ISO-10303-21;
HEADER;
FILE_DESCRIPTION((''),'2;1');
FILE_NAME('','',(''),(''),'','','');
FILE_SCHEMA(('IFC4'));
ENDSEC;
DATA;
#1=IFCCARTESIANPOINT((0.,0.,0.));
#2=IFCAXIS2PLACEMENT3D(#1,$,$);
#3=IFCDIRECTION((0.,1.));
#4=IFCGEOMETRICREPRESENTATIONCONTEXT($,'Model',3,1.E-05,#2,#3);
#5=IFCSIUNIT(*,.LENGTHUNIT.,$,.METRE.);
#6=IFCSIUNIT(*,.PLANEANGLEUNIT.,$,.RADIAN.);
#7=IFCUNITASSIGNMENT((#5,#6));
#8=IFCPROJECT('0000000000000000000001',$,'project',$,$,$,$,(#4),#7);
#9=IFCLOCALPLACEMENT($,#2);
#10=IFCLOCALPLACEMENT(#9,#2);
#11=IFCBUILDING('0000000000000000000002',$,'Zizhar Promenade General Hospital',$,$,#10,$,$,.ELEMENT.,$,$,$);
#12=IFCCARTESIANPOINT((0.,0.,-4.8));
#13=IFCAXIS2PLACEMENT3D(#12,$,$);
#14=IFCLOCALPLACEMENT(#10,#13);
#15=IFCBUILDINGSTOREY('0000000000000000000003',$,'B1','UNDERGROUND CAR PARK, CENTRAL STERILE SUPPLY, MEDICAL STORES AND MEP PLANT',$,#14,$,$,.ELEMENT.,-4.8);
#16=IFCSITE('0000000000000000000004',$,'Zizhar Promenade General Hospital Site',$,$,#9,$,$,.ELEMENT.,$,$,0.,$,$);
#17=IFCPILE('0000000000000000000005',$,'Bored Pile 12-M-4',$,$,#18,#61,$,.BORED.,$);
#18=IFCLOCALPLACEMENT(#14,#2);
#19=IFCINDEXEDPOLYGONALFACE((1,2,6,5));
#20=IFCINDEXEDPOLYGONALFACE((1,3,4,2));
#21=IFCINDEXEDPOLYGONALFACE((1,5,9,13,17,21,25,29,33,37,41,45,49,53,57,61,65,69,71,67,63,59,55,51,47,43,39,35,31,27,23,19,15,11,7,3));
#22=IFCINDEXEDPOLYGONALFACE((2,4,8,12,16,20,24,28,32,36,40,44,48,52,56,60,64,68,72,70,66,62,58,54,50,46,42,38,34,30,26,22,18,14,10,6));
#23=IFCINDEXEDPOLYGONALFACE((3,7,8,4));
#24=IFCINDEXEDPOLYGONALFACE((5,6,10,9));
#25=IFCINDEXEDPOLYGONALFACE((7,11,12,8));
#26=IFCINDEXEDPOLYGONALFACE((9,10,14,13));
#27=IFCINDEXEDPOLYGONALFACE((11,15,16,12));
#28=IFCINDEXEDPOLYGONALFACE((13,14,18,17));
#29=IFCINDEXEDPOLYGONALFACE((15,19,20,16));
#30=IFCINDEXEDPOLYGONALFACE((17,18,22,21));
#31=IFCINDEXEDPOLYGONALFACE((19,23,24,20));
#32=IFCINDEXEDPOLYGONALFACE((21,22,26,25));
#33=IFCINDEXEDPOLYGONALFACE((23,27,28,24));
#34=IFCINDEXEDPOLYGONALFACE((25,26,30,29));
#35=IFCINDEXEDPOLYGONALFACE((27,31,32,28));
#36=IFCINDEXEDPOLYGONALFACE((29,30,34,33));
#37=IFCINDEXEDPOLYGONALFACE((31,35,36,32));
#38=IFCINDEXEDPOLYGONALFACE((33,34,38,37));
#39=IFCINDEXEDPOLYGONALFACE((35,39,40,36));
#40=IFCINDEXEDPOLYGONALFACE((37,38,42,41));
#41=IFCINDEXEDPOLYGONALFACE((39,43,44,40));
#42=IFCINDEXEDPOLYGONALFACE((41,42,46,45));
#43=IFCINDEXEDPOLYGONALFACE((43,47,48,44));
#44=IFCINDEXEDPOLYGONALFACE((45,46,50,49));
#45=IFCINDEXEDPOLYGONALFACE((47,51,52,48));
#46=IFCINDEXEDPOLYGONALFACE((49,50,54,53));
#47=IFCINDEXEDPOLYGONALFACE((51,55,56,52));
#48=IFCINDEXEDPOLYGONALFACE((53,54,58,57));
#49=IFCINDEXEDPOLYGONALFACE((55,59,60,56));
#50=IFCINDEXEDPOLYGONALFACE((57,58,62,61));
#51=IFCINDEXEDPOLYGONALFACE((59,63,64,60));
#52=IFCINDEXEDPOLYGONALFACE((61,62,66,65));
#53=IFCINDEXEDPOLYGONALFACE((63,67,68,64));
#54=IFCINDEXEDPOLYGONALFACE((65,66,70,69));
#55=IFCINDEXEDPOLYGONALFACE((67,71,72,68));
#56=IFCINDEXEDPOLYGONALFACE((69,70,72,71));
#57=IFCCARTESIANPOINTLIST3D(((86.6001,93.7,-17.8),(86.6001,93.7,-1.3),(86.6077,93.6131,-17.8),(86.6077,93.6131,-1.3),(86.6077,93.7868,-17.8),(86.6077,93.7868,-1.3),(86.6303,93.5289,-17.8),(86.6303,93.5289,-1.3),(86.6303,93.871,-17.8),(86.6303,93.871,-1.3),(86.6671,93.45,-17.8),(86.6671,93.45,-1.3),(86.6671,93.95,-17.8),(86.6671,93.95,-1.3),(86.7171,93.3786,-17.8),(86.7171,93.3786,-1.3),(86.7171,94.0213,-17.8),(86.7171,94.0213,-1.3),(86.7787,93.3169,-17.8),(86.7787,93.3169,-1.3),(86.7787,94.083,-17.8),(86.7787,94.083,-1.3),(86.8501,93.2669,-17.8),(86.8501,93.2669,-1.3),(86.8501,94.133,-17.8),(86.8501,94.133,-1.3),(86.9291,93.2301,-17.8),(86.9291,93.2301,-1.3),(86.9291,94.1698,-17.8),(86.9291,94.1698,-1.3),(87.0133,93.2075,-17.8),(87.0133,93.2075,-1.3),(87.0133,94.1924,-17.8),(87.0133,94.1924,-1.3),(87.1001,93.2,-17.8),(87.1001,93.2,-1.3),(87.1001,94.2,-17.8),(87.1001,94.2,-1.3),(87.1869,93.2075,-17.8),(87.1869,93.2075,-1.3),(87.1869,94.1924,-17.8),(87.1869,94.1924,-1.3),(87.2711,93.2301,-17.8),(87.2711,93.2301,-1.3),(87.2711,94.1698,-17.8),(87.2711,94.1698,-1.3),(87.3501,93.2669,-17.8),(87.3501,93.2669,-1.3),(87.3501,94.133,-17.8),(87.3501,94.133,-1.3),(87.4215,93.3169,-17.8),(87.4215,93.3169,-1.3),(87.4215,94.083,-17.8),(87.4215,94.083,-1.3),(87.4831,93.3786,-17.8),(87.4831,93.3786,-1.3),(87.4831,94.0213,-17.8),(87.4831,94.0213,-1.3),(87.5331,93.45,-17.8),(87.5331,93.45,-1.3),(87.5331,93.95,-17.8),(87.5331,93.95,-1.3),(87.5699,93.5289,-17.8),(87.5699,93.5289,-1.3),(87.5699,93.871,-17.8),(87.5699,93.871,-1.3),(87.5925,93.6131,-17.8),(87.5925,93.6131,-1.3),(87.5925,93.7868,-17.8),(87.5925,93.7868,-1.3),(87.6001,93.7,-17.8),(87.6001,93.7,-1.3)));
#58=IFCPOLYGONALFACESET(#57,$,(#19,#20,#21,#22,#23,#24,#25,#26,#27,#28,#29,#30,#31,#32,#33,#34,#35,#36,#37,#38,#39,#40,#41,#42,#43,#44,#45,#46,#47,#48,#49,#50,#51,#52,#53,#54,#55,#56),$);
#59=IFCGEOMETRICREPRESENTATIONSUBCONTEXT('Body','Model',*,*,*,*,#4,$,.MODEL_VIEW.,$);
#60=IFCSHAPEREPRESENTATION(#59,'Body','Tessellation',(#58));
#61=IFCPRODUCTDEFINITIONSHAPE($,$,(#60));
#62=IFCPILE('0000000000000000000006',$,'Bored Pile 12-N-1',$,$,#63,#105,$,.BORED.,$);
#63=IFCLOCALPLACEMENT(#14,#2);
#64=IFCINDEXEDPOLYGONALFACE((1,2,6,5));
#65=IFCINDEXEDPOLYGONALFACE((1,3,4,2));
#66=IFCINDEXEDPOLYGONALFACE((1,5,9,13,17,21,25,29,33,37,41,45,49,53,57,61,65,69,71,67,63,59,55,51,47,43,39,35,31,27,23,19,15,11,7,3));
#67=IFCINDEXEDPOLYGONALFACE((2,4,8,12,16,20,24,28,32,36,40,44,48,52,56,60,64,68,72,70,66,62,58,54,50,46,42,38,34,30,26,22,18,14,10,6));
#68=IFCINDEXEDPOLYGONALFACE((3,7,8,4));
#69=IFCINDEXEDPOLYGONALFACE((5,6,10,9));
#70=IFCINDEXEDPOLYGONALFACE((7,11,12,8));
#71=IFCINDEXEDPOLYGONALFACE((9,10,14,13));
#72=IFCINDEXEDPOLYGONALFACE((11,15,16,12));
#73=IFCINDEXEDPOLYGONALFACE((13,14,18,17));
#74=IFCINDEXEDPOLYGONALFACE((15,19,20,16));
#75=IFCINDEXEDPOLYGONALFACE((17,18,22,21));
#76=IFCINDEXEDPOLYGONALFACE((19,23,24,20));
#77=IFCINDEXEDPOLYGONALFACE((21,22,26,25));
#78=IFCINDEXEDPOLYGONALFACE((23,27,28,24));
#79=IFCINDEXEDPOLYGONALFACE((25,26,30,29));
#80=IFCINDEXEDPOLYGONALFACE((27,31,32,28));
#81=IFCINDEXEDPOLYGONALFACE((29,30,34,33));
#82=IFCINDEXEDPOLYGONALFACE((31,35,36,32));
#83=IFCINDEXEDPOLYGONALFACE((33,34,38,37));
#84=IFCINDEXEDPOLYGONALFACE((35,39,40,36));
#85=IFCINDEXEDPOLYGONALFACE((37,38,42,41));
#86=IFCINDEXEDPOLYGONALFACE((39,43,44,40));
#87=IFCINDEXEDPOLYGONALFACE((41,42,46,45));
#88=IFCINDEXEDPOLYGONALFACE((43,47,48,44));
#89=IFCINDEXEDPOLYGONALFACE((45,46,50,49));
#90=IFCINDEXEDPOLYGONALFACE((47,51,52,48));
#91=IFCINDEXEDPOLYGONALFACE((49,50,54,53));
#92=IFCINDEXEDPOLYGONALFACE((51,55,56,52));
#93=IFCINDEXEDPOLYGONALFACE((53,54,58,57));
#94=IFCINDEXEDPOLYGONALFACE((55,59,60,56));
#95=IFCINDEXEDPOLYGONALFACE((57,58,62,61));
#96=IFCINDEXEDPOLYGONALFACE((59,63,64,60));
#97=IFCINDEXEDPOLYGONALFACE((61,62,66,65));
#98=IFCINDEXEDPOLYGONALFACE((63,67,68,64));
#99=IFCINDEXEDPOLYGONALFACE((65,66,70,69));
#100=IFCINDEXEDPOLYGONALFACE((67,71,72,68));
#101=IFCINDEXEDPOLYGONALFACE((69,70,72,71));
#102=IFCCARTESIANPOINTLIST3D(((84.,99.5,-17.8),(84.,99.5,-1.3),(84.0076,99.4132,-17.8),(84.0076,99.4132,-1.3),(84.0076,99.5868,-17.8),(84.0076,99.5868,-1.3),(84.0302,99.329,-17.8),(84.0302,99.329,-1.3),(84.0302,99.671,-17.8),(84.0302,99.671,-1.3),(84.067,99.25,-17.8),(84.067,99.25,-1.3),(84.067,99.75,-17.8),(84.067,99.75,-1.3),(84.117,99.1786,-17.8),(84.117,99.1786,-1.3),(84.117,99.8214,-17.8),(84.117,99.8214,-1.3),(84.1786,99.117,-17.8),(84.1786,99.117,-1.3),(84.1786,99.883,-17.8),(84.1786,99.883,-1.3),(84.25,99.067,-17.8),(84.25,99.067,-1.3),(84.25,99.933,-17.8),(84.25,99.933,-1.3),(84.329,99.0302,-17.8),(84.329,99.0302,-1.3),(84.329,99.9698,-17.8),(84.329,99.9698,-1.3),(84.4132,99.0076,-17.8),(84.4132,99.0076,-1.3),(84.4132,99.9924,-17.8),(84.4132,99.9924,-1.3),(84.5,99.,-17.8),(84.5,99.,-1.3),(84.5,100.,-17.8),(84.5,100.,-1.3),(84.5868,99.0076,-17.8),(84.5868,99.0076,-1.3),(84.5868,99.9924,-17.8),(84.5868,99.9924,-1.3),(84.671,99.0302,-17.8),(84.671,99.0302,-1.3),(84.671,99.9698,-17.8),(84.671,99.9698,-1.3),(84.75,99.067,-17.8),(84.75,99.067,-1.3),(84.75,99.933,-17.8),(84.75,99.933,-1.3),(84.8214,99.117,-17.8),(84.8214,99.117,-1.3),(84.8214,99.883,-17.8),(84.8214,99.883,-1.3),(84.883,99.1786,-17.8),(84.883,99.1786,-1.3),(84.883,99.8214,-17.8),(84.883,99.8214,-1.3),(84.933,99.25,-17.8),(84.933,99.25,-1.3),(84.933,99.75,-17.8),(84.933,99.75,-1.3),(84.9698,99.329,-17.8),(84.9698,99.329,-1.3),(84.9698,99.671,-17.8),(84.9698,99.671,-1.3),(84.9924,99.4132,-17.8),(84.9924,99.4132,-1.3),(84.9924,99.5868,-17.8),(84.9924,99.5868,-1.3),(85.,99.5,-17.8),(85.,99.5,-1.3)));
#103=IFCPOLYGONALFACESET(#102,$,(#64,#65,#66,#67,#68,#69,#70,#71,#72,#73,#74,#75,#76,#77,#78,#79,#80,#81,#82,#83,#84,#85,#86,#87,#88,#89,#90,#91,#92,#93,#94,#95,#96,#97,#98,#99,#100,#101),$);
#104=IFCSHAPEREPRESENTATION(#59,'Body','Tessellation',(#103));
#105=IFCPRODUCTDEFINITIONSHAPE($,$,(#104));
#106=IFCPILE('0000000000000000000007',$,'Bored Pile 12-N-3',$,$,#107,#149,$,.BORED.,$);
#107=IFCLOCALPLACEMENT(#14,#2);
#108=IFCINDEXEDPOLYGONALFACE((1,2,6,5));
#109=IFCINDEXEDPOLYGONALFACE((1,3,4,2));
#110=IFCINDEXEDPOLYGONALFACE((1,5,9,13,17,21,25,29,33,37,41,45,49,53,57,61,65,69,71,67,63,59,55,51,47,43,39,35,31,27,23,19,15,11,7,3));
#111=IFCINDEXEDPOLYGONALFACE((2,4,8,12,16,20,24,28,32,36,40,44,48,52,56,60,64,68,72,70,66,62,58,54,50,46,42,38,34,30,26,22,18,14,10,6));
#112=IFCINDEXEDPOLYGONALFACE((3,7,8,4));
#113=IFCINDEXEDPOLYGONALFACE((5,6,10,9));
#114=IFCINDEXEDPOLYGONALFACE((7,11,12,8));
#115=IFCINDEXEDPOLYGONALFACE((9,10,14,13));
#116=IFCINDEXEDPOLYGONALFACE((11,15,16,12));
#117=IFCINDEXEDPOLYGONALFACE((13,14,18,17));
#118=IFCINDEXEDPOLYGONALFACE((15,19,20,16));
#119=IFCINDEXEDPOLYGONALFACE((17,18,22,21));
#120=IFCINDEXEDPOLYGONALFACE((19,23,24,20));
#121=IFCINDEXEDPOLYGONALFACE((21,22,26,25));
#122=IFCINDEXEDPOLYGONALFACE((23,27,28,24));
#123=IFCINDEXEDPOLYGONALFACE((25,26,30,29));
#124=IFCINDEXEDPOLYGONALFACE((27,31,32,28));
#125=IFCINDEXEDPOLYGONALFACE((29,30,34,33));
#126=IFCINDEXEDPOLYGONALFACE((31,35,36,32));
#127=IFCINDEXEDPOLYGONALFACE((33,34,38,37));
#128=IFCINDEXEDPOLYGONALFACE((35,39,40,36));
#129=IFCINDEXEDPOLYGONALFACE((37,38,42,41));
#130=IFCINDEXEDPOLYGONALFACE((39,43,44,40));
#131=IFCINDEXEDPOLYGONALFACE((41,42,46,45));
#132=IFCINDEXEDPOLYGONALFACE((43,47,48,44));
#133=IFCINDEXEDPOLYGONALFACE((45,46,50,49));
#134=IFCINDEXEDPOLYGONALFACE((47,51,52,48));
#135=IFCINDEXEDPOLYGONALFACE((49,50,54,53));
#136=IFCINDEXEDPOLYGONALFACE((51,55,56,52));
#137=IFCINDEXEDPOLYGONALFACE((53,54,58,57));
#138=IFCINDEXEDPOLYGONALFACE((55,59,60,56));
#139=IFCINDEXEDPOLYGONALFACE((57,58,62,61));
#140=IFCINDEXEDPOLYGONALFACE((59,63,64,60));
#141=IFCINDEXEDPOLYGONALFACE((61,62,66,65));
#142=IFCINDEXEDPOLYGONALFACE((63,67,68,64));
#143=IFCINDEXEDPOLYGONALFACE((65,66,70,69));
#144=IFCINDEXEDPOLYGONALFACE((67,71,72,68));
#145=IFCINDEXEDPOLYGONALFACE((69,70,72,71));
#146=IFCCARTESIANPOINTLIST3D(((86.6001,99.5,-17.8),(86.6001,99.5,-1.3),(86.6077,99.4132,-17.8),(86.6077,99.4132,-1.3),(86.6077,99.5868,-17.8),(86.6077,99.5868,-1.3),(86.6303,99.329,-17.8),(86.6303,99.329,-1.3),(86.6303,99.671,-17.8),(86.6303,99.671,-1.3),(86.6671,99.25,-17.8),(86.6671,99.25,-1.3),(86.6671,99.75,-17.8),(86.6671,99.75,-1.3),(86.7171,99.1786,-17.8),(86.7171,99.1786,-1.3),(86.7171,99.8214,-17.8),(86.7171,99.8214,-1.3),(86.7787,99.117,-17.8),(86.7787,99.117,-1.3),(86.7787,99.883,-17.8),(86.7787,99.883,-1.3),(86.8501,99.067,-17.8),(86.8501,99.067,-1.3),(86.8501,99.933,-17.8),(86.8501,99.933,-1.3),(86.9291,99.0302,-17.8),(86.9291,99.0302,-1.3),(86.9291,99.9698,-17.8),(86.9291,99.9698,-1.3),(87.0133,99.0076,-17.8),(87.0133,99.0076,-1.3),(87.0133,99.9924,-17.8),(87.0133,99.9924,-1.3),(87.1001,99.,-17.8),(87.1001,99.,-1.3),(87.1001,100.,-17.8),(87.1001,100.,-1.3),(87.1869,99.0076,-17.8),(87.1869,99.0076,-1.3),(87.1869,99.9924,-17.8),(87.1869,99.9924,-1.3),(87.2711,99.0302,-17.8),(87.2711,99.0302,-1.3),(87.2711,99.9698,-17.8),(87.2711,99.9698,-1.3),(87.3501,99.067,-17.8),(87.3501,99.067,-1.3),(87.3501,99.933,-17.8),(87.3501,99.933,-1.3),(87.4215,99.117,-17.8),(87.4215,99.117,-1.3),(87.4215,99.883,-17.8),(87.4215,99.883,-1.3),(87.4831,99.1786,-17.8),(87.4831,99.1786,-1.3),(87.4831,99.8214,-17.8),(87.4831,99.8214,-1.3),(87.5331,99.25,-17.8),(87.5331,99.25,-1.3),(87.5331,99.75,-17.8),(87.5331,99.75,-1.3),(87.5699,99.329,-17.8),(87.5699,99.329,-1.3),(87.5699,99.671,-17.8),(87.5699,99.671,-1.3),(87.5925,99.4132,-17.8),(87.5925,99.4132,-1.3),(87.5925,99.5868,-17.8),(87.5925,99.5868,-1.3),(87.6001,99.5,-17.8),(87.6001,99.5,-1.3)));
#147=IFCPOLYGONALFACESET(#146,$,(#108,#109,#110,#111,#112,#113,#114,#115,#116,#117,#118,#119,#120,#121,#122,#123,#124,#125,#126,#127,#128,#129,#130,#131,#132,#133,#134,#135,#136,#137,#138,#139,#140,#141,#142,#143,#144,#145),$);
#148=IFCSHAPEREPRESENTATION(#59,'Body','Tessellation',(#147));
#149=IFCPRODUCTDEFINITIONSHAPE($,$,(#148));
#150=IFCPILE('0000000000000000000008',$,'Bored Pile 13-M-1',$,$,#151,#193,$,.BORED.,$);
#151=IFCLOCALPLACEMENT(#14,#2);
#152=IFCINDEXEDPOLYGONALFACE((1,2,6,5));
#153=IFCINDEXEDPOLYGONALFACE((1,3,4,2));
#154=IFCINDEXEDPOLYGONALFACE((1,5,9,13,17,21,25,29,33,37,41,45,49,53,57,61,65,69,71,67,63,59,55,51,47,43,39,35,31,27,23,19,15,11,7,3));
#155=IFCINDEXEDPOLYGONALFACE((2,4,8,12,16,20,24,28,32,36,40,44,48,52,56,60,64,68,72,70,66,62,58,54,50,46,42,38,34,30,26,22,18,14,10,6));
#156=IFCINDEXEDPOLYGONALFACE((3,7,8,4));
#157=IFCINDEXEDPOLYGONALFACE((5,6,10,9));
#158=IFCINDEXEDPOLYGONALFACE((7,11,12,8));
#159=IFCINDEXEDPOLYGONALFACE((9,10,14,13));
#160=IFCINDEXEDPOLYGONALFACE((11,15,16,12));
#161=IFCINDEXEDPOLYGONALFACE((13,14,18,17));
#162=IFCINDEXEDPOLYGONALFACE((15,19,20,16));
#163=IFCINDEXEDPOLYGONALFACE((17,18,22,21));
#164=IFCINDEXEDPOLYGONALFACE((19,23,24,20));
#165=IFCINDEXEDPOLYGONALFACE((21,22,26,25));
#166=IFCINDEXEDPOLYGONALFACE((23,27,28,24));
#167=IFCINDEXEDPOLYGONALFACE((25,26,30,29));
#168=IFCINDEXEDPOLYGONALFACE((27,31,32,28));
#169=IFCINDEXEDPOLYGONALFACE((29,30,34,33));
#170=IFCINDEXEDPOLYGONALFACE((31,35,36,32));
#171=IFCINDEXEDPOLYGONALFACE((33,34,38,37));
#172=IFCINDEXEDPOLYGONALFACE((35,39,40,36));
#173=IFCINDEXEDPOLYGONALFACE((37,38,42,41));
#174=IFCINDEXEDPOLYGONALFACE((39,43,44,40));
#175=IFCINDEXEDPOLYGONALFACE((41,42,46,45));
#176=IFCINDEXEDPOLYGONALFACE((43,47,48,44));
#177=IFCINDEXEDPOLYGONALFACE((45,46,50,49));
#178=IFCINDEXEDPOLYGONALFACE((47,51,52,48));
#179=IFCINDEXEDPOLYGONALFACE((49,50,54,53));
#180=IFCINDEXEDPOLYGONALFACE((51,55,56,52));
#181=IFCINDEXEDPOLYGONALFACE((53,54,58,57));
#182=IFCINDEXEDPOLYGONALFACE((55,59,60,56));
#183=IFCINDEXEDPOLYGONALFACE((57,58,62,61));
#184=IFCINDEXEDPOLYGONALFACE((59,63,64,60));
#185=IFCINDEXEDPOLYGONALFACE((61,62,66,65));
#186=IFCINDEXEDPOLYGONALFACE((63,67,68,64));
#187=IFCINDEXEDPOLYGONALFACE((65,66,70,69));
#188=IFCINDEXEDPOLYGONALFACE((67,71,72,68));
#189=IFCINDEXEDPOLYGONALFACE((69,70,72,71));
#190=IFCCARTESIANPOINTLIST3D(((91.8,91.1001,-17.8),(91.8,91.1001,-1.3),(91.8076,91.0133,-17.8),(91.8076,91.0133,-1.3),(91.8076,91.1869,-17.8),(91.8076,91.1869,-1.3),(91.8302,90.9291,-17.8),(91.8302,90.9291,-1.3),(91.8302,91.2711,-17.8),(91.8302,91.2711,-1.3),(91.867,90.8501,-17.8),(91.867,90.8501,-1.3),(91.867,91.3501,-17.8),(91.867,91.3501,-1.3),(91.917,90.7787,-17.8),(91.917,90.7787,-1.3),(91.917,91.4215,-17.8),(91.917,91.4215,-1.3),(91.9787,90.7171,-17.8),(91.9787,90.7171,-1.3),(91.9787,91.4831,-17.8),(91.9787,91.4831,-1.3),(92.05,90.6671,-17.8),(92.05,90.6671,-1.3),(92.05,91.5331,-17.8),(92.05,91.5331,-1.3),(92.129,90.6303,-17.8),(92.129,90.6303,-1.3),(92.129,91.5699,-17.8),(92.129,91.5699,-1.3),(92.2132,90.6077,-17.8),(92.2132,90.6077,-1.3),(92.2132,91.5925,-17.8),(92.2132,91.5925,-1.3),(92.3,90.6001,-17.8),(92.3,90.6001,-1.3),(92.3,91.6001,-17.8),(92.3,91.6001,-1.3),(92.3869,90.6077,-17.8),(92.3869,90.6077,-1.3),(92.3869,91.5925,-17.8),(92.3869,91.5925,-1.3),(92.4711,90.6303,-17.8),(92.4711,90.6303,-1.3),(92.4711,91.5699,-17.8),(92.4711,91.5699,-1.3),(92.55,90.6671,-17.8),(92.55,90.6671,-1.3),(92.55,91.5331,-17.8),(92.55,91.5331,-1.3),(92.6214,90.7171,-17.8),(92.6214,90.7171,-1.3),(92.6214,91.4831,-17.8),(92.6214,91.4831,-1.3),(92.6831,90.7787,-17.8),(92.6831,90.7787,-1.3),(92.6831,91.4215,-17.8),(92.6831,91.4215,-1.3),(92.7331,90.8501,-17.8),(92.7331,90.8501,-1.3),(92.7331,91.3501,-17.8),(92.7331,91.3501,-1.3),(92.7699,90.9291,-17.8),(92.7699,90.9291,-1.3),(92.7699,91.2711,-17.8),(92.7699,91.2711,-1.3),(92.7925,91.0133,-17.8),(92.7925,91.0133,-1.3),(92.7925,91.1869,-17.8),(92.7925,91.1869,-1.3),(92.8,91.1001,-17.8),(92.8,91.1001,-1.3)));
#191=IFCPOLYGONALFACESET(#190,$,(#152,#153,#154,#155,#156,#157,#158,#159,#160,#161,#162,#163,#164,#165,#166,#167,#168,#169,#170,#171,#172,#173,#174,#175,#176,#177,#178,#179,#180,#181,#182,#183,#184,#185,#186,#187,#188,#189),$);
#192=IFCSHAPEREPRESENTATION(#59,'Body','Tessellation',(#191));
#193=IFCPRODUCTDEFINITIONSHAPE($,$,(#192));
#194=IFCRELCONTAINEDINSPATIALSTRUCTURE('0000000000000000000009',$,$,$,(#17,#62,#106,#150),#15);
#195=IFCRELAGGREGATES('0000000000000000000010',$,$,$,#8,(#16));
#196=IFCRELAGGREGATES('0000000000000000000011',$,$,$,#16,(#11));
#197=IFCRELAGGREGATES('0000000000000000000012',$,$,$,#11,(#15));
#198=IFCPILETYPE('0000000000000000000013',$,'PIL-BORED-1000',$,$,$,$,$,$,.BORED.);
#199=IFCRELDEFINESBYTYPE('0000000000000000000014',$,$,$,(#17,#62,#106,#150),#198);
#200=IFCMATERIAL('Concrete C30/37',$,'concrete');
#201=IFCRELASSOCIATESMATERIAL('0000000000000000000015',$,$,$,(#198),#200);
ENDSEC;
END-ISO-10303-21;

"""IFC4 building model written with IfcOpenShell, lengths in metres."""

from ifc_helpers import new_model, si_unit, direction, frame, origin, origin_2d, place, context, subcontext, project, spatial, circle, extrude, material, material_profile, profile_set, type_object, element, save


model = new_model("IFC4")

# Units and contexts
model_context = context("Model", 3, precision=1e-05, world=origin(), true_north=direction((0.0, 1.0)))
body_context = subcontext(model_context, "Body", "Model", "MODEL_VIEW")
ifc_project = project(units=[si_unit("LENGTHUNIT", "METRE"), si_unit("PLANEANGLEUNIT", "RADIAN")], contexts=[model_context])

# Site, building, storey
site_placement = place(None, origin())
site = spatial("IfcSite", under=ifc_project, at=site_placement, Name="Zizhar Promenade General Hospital Site", CompositionType="ELEMENT", RefElevation=0.0)
building_placement = place(site_placement, origin())
building = spatial("IfcBuilding", under=site, at=building_placement, Name="Zizhar Promenade General Hospital", CompositionType="ELEMENT")
storey_placement = place(building_placement, frame((0.0, 0.0, -4.8)))
storey = spatial("IfcBuildingStorey", under=building, at=storey_placement, Name="B1", Description="UNDERGROUND CAR PARK, CENTRAL STERILE SUPPLY, MEDICAL STORES AND MEP PLANT", CompositionType="ELEMENT", Elevation=-4.8)

# Piles
ifc_material_1 = material(Name="Concrete C30/37", Category="concrete")
ifc_material_profile_1 = material_profile(ifc_material_1, circle(Radius=0.5, at=origin_2d()))
ifc_profile_set_1 = profile_set([ifc_material_profile_1], Name="Concrete C30/37")
pile_type = type_object("IfcPileType", Name="PIL-BORED-1000", PredefinedType="BORED", material=ifc_profile_set_1)
for number, where, z_axis, x_axis, name in (
    (1, (87.1001, 93.7, -1.3), (0.0, 0.0, -1.0), (1.0, 0.0, 0.0), "Bored Pile 12-M-4"),
    (2, (84.5, 99.5, -1.3), (0.0, 0.0, -1.0), (1.0, 0.0, 0.0), "Bored Pile 12-N-1"),
    (3, (87.1001, 99.5, -1.3), (0.0, 0.0, -1.0), (1.0, 0.0, 0.0), "Bored Pile 12-N-3"),
    (4, (92.3, 91.1001, -1.3), (0.0, 0.0, -1.0), (1.0, 0.0, 0.0), "Bored Pile 13-M-1"),
):
    element("IfcPile", number, at=place(storey_placement, frame(where, z_axis=z_axis, x_axis=x_axis)), inside=storey, type_object=pile_type, Name=name, PredefinedType="BORED", context=body_context, shape_type="SweptSolid", body=[
        extrude(circle(Radius=0.5, at=origin_2d()), origin(), (0.0, 0.0, 1.0), 16.5),
    ])

save(model, "model.ifc")
